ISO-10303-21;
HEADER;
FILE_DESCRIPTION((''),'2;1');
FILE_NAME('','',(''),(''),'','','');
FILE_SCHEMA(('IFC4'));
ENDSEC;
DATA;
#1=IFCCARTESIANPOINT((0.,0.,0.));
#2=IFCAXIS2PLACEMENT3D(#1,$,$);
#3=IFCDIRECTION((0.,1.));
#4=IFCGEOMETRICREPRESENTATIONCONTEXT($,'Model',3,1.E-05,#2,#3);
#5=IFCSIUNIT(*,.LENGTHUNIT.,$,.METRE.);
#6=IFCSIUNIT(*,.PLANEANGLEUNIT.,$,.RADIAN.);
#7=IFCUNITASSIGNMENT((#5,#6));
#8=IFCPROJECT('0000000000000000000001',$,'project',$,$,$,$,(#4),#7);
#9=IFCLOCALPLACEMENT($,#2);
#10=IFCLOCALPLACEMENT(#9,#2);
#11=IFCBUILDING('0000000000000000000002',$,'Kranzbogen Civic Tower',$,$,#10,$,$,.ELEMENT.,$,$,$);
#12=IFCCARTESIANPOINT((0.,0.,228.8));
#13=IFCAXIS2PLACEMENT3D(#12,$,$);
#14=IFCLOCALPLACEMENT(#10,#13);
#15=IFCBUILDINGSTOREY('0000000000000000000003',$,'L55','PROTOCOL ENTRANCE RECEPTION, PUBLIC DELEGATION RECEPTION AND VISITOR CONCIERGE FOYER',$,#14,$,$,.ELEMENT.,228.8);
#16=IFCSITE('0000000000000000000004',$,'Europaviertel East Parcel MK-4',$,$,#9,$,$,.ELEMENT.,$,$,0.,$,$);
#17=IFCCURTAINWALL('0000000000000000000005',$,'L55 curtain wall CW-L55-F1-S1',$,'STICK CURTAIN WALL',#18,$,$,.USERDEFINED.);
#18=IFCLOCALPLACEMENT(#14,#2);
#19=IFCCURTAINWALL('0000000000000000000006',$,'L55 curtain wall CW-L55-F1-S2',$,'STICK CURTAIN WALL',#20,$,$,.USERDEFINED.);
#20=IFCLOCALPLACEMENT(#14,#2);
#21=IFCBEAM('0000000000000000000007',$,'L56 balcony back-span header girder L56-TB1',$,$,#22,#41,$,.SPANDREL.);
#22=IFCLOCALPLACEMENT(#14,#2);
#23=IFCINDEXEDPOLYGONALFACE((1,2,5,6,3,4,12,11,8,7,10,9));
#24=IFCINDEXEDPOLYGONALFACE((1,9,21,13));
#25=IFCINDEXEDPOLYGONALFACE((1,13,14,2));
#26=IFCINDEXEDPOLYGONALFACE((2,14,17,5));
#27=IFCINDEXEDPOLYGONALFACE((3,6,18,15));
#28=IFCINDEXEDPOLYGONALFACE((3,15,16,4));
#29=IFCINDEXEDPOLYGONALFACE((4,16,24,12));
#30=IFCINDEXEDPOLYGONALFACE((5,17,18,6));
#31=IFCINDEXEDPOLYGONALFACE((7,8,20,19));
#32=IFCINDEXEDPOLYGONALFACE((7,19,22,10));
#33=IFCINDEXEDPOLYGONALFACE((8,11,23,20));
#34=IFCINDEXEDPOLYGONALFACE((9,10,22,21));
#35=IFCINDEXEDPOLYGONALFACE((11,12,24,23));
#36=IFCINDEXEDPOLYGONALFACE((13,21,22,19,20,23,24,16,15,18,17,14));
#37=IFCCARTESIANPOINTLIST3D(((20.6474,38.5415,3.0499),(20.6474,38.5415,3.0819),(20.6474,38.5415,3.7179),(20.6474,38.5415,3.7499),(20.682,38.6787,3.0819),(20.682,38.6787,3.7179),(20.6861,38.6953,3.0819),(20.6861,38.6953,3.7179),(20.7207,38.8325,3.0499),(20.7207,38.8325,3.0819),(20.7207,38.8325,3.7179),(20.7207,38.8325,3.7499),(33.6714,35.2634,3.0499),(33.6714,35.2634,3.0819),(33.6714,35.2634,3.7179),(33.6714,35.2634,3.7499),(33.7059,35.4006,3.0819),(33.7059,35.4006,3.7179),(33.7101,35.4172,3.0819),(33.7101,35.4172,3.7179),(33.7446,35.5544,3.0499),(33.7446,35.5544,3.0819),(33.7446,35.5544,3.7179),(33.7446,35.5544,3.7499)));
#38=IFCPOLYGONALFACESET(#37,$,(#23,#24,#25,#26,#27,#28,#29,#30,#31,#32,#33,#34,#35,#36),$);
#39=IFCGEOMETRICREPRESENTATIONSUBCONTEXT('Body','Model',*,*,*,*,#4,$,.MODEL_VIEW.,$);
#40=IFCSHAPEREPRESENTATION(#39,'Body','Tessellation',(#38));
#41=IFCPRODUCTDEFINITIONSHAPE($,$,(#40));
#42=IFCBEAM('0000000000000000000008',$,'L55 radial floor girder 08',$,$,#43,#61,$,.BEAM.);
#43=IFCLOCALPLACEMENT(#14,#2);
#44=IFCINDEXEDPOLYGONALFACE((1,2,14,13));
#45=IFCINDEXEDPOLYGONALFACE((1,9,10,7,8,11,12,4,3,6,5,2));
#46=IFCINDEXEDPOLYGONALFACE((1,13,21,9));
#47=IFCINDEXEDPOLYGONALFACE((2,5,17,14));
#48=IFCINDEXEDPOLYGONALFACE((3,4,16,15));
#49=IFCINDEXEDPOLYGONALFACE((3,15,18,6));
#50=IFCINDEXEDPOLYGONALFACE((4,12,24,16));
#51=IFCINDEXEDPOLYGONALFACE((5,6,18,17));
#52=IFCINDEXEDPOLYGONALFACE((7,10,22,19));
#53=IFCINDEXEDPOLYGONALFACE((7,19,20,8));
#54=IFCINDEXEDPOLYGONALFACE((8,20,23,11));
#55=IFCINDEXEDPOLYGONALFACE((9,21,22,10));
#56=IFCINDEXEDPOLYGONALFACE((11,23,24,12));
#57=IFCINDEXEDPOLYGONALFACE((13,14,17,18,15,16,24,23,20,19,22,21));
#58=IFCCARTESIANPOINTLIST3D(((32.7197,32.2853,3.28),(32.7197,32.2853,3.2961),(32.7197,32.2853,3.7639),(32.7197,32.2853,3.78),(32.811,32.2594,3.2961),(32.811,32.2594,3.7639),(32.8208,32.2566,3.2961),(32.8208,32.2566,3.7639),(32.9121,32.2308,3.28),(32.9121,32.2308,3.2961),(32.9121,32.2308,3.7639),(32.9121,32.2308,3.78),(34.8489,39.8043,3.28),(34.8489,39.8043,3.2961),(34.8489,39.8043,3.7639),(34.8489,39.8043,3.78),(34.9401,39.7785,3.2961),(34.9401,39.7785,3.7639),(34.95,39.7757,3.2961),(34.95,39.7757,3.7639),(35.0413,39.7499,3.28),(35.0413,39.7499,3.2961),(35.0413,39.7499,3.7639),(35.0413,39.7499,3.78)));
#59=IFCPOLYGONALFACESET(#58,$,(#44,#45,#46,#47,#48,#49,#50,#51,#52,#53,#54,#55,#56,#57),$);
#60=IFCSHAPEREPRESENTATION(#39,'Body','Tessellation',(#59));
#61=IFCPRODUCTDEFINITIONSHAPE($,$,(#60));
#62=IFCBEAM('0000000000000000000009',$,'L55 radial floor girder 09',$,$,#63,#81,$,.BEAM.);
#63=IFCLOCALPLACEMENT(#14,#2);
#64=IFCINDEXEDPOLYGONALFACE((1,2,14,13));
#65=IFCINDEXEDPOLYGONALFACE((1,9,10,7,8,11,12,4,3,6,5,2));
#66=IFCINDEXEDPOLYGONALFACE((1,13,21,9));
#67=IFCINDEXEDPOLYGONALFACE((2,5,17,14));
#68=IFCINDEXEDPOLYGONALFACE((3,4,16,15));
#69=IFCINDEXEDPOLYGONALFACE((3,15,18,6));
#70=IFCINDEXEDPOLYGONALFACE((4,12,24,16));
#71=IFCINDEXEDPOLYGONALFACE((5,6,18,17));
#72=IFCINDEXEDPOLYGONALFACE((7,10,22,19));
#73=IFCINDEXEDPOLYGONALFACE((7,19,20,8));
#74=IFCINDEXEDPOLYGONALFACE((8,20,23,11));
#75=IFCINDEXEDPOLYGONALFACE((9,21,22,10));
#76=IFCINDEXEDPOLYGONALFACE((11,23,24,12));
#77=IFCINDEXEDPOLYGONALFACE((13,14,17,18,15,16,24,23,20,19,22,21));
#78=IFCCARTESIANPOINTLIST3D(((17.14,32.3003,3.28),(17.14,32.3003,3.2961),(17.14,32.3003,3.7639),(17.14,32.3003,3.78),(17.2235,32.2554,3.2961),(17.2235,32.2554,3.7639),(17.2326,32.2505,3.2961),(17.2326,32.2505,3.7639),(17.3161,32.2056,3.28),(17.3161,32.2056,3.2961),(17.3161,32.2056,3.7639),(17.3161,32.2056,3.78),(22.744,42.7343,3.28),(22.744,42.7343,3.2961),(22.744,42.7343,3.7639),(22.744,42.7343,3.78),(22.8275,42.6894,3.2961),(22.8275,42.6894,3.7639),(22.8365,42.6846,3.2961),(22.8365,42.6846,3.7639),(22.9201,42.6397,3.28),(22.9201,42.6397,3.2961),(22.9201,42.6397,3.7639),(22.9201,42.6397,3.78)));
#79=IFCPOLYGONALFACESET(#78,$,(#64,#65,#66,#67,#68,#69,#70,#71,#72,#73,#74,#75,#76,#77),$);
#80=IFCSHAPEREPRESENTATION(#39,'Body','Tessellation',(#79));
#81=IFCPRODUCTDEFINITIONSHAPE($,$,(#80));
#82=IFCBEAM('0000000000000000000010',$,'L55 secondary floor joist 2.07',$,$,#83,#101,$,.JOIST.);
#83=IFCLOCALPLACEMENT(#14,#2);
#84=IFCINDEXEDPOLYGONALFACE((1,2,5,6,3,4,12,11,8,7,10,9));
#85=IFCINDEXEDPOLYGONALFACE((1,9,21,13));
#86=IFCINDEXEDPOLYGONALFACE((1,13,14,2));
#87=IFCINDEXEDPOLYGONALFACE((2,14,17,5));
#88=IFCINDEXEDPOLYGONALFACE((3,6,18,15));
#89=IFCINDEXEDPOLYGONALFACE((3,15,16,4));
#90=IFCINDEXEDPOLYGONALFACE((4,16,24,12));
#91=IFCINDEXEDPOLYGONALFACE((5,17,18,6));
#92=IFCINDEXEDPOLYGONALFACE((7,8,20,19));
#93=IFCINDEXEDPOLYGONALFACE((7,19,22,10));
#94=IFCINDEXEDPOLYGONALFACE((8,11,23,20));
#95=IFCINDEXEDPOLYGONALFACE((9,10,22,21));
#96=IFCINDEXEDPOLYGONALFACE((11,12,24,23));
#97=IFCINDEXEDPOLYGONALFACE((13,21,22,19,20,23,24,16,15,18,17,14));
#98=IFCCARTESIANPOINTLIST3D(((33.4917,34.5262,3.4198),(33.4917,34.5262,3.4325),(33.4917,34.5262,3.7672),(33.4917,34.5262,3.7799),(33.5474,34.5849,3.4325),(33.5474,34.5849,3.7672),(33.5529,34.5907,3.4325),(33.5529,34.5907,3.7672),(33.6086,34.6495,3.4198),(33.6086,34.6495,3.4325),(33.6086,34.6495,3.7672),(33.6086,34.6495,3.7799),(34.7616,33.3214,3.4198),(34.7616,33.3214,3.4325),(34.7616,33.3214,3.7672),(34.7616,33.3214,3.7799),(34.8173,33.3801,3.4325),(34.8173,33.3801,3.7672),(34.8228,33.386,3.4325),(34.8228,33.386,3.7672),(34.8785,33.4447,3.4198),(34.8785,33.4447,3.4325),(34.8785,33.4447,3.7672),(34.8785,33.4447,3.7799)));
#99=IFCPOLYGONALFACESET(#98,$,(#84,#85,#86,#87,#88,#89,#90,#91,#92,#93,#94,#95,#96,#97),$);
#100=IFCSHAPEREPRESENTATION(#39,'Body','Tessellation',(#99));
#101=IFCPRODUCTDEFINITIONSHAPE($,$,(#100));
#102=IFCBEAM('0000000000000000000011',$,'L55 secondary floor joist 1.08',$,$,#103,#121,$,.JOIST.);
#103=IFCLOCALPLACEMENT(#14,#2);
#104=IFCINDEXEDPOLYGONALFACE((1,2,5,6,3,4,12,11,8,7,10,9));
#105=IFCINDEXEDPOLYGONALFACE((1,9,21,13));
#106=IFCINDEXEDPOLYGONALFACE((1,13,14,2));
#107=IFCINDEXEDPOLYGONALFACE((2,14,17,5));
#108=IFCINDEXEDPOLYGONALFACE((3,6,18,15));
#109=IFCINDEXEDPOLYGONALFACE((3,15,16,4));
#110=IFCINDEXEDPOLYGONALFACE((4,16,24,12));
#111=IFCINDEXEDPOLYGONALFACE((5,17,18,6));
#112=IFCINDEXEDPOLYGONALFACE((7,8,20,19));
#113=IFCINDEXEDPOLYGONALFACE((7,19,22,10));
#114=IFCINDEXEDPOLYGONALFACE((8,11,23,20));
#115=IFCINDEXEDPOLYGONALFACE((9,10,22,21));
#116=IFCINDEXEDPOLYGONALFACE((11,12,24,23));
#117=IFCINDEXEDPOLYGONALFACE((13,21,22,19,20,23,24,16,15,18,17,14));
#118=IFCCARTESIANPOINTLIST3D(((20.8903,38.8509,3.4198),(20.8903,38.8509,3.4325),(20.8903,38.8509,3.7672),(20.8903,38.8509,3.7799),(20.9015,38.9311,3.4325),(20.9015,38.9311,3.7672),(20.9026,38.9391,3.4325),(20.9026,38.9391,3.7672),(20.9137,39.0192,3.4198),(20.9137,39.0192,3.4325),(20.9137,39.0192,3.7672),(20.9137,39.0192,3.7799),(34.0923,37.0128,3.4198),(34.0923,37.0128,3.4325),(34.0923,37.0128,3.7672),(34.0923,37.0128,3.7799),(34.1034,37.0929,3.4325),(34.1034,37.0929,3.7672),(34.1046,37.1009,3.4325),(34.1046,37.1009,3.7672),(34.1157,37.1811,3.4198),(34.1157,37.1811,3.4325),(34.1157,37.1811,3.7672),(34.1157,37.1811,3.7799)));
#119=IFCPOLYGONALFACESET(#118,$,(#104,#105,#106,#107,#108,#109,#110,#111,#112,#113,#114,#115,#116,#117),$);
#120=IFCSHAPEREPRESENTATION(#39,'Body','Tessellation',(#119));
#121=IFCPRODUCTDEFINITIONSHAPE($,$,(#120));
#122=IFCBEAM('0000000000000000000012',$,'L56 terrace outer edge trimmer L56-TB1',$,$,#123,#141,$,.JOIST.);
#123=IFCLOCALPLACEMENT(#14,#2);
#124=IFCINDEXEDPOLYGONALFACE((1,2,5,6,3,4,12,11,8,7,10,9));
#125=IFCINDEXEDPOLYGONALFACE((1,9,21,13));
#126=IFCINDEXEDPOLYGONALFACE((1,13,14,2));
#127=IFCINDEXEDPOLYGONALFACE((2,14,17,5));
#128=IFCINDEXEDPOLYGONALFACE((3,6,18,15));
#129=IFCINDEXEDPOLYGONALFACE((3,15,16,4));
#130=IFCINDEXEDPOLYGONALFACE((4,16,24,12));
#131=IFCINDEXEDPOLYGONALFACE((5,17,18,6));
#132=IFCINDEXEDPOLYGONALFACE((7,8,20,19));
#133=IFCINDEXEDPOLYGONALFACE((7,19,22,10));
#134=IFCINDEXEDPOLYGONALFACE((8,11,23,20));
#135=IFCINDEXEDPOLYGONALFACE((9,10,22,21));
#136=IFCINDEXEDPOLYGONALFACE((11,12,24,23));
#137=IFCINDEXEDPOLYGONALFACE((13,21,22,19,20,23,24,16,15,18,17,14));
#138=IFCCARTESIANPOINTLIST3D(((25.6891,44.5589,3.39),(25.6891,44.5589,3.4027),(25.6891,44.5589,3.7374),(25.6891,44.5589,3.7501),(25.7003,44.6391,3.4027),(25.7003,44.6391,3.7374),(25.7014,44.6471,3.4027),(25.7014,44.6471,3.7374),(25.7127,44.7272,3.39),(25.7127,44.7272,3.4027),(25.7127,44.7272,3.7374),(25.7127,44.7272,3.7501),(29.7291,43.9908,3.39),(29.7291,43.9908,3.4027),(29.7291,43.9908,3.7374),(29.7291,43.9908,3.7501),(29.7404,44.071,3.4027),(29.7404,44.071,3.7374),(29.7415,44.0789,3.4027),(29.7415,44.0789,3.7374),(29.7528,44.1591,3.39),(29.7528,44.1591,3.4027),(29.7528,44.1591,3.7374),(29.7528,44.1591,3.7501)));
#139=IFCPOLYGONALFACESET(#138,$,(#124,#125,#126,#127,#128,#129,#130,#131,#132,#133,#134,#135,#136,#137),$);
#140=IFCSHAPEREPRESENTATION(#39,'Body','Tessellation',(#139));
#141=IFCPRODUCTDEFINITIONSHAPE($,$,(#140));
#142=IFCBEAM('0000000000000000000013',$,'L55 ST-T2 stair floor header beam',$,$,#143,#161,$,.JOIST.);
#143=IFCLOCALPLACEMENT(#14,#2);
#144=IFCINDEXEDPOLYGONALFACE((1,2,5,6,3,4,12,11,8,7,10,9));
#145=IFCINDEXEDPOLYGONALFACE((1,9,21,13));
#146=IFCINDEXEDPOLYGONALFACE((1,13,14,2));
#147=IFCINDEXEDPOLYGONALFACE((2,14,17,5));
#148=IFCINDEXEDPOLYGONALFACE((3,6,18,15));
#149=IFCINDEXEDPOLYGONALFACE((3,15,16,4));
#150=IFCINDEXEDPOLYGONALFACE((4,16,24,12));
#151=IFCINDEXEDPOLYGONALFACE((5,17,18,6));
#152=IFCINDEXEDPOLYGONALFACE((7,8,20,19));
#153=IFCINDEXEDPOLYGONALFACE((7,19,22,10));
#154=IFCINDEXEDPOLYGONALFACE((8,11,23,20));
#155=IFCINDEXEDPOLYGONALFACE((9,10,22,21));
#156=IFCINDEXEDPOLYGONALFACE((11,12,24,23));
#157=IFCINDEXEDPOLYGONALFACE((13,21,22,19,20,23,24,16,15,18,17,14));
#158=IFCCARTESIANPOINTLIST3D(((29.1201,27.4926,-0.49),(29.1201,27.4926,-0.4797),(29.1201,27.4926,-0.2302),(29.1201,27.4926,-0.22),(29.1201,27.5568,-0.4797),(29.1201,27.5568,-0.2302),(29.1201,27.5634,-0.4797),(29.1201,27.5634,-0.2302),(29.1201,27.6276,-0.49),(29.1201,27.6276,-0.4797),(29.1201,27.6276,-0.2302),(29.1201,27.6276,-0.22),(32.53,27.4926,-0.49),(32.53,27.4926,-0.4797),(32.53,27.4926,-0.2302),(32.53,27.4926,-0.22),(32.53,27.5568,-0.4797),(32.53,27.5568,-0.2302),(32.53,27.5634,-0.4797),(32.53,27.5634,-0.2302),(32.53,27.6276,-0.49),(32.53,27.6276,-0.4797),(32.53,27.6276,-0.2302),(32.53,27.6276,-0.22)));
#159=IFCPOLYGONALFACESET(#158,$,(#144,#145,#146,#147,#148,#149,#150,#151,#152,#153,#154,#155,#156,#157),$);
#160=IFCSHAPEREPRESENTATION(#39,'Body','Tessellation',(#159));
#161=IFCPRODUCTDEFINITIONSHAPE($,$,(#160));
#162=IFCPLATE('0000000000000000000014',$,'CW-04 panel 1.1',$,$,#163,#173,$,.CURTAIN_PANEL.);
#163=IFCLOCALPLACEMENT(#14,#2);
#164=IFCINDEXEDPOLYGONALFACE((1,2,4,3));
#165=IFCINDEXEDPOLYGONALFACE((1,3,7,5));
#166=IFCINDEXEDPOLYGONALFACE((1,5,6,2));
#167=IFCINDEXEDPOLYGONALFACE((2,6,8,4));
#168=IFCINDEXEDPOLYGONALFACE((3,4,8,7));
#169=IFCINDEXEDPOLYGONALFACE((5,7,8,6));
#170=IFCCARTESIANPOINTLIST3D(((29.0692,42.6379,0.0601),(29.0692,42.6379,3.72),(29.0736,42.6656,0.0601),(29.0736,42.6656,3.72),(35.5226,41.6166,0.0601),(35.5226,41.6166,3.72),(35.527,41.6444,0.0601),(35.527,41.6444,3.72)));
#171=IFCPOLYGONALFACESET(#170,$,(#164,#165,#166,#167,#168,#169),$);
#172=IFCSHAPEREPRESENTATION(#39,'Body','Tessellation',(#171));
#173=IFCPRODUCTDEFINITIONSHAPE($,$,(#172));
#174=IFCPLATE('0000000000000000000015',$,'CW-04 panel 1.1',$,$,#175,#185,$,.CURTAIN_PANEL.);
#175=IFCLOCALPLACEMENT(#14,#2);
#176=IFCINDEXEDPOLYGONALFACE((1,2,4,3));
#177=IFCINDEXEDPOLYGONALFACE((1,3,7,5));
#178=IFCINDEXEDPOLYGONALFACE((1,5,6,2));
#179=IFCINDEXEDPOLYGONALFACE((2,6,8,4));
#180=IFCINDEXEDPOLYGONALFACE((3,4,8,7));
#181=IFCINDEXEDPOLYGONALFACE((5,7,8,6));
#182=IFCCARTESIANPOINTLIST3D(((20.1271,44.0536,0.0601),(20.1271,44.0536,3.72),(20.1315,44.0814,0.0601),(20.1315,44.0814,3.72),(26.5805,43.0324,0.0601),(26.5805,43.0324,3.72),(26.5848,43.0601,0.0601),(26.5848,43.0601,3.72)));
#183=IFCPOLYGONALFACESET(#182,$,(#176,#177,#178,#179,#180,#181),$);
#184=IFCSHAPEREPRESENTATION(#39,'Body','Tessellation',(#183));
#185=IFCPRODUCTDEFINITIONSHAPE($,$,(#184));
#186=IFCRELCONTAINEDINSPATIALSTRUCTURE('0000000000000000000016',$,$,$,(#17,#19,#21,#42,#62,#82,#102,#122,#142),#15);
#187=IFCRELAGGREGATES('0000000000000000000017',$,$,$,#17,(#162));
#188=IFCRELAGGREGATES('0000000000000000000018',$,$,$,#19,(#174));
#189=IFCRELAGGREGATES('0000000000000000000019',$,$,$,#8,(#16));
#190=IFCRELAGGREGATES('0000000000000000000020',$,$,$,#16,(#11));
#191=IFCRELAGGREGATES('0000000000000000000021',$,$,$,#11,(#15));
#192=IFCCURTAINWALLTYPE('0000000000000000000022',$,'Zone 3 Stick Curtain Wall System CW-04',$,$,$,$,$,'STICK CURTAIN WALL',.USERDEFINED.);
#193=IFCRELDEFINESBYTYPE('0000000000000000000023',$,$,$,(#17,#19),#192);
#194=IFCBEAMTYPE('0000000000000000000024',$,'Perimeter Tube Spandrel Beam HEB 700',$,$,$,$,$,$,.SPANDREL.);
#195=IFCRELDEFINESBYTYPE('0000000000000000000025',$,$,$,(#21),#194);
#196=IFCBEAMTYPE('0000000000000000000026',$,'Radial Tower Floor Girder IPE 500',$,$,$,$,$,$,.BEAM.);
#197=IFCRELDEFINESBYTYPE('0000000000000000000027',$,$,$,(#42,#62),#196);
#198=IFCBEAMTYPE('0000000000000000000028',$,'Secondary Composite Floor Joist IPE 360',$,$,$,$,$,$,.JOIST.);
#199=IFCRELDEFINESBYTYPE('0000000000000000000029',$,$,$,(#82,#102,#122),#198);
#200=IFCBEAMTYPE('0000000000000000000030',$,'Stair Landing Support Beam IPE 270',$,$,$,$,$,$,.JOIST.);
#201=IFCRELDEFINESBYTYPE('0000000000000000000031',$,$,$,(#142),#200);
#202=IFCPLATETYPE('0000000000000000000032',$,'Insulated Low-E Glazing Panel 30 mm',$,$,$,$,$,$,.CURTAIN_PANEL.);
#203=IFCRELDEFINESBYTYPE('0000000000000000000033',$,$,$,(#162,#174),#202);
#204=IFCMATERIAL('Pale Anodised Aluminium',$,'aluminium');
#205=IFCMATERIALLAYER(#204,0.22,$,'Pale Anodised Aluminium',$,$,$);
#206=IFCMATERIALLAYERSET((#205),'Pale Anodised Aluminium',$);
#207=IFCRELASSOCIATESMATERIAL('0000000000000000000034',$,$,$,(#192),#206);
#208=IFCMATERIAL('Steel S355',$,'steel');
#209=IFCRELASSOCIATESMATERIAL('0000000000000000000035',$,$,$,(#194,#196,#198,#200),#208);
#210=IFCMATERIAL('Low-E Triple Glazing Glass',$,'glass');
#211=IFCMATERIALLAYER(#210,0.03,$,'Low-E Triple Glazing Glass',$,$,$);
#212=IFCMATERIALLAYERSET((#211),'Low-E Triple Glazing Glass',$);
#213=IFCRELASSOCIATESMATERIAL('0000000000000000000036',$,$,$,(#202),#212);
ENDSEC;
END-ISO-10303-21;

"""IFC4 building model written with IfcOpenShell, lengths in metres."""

from ifc_helpers import new_model, si_unit, direction, frame, origin, origin_2d, place, context, subcontext, project, spatial, rectangle, i_section, extrude, material, layer, layer_set, material_profile, profile_set, type_object, element, aggregate, save


model = new_model("IFC4")

# Units and contexts
model_context = context("Model", 3, precision=1e-05, world=origin(), true_north=direction((0.0, 1.0)))
body_context = subcontext(model_context, "Body", "Model", "MODEL_VIEW")
ifc_project = project(units=[si_unit("LENGTHUNIT", "METRE"), si_unit("PLANEANGLEUNIT", "RADIAN")], contexts=[model_context])

# Site, building, storey
site_placement = place(None, origin())
site = spatial("IfcSite", under=ifc_project, at=site_placement, Name="Europaviertel East Parcel MK-4", CompositionType="ELEMENT", RefElevation=0.0)
building_placement = place(site_placement, origin())
building = spatial("IfcBuilding", under=site, at=building_placement, Name="Kranzbogen Civic Tower", CompositionType="ELEMENT")
storey_placement = place(building_placement, frame((0.0, 0.0, 228.8)))
storey = spatial("IfcBuildingStorey", under=building, at=storey_placement, Name="L55", Description="PROTOCOL ENTRANCE RECEPTION, PUBLIC DELEGATION RECEPTION AND VISITOR CONCIERGE FOYER", CompositionType="ELEMENT", Elevation=228.8)

# Shared definitions
ifc_material_1 = material(Name="Steel S355", Category="steel")

# Curtain wall
ifc_material_2 = material(Name="Pale Anodised Aluminium", Category="aluminium")
ifc_layer_1 = layer(ifc_material_2, 0.22, Name="Pale Anodised Aluminium")
ifc_layer_set_1 = layer_set([ifc_layer_1], Name="Pale Anodised Aluminium")
curtain_wall_type = type_object("IfcCurtainWallType", Name="Zone 3 Stick Curtain Wall System CW-04", ElementType="STICK CURTAIN WALL", PredefinedType="USERDEFINED", material=ifc_layer_set_1)
curtain_wall_1_placement = place(storey_placement, origin())
curtain_wall_1 = element("IfcCurtainWall", 1, at=curtain_wall_1_placement, inside=storey, type_object=curtain_wall_type, Name="L55 curtain wall CW-L55-F1-S1", ObjectType="STICK CURTAIN WALL", PredefinedType="USERDEFINED")

# Curtain wall
curtain_wall_2_placement = place(storey_placement, origin())
curtain_wall_2 = element("IfcCurtainWall", 2, at=curtain_wall_2_placement, inside=storey, type_object=curtain_wall_type, Name="L55 curtain wall CW-L55-F1-S2", ObjectType="STICK CURTAIN WALL", PredefinedType="USERDEFINED")

# Beams
ifc_material_profile_1 = material_profile(ifc_material_1, i_section(OverallWidth=0.3, OverallDepth=0.7, WebThickness=0.0171, FlangeThickness=0.032, at=origin_2d()), Name="HEB 700")
ifc_profile_set_1 = profile_set([ifc_material_profile_1], Name="Steel S355")
beam_type_1 = type_object("IfcBeamType", Name="Perimeter Tube Spandrel Beam HEB 700", PredefinedType="SPANDREL", material=ifc_profile_set_1)
beam_1_placement = place(storey_placement, frame((33.708, 35.4089, 3.3999), z_axis=(-0.969754, 0.244084, 0.0), x_axis=(-0.244084, -0.969754, 0.0)))
element("IfcBeam", 3, at=beam_1_placement, inside=storey, type_object=beam_type_1, Name="L56 balcony back-span header girder L56-TB1", PredefinedType="SPANDREL", context=body_context, shape_type="SweptSolid", body=[
    extrude(i_section(OverallWidth=0.3, OverallDepth=0.7, WebThickness=0.0171, FlangeThickness=0.032, at=origin_2d()), origin(), (0.0, 0.0, 1.0), 13.4302),
])
ifc_material_profile_2 = material_profile(ifc_material_1, i_section(OverallWidth=0.2, OverallDepth=0.5, WebThickness=0.0103, FlangeThickness=0.0161, at=origin_2d()), Name="IPE 500")
ifc_profile_set_2 = profile_set([ifc_material_profile_2], Name="Steel S355")
beam_type_2 = type_object("IfcBeamType", Name="Radial Tower Floor Girder IPE 500", PredefinedType="BEAM", material=ifc_profile_set_2)
beam_2_placement = place(storey_placement, frame((34.9451, 39.7771, 3.53), z_axis=(-0.272455, -0.962169, 0.0), x_axis=(0.962169, -0.272455, 0.0)))
element("IfcBeam", 4, at=beam_2_placement, inside=storey, type_object=beam_type_2, Name="L55 radial floor girder 08", PredefinedType="BEAM", context=body_context, shape_type="SweptSolid", body=[
    extrude(i_section(OverallWidth=0.2, OverallDepth=0.5, WebThickness=0.0103, FlangeThickness=0.0161, at=origin_2d()), origin(), (0.0, 0.0, 1.0), 7.8147),
])
beam_3_placement = place(storey_placement, frame((22.832, 42.687, 3.53), z_axis=(-0.47316, -0.880976, 0.0), x_axis=(0.880976, -0.47316, 0.0)))
element("IfcBeam", 5, at=beam_3_placement, inside=storey, type_object=beam_type_2, Name="L55 radial floor girder 09", PredefinedType="BEAM", context=body_context, shape_type="SweptSolid", body=[
    extrude(i_section(OverallWidth=0.2, OverallDepth=0.5, WebThickness=0.0103, FlangeThickness=0.0161, at=origin_2d()), origin(), (0.0, 0.0, 1.0), 11.8438),
])
ifc_material_profile_3 = material_profile(ifc_material_1, i_section(OverallWidth=0.1699, OverallDepth=0.3601, WebThickness=0.0081, FlangeThickness=0.0127, at=origin_2d()), Name="IPE 360")
ifc_profile_set_3 = profile_set([ifc_material_profile_3], Name="Steel S355")
beam_type_3 = type_object("IfcBeamType", Name="Secondary Composite Floor Joist IPE 360", PredefinedType="JOIST", material=ifc_profile_set_3)
beam_4_placement = place(storey_placement, frame((34.8201, 33.3831, 3.5999), z_axis=(-0.72548, 0.688243, 0.0), x_axis=(-0.688243, -0.72548, 0.0)))
element("IfcBeam", 6, at=beam_4_placement, inside=storey, type_object=beam_type_3, Name="L55 secondary floor joist 2.07", PredefinedType="JOIST", context=body_context, shape_type="SweptSolid", body=[
    extrude(i_section(OverallWidth=0.1699, OverallDepth=0.3601, WebThickness=0.0081, FlangeThickness=0.0127, at=origin_2d()), origin(), (0.0, 0.0, 1.0), 1.7505),
])
beam_5_placement = place(storey_placement, frame((34.104, 37.0969, 3.5999), z_axis=(-0.990446, 0.137902, 0.0), x_axis=(-0.137902, -0.990446, 0.0)))
element("IfcBeam", 7, at=beam_5_placement, inside=storey, type_object=beam_type_3, Name="L55 secondary floor joist 1.08", PredefinedType="JOIST", context=body_context, shape_type="SweptSolid", body=[
    extrude(i_section(OverallWidth=0.1699, OverallDepth=0.3601, WebThickness=0.0081, FlangeThickness=0.0127, at=origin_2d()), origin(), (0.0, 0.0, 1.0), 13.3293),
])
beam_6_placement = place(storey_placement, frame((29.741, 44.075, 3.5701), z_axis=(-0.990257, 0.139251, 0.0), x_axis=(-0.139251, -0.990257, 0.0)))
element("IfcBeam", 8, at=beam_6_placement, inside=storey, type_object=beam_type_3, Name="L56 terrace outer edge trimmer L56-TB1", PredefinedType="JOIST", context=body_context, shape_type="SweptSolid", body=[
    extrude(i_section(OverallWidth=0.1699, OverallDepth=0.3601, WebThickness=0.0081, FlangeThickness=0.0127, at=origin_2d()), origin(), (0.0, 0.0, 1.0), 4.0798),
])
ifc_material_profile_4 = material_profile(ifc_material_1, i_section(OverallWidth=0.135, OverallDepth=0.27, WebThickness=0.0066, FlangeThickness=0.0103, at=origin_2d()), Name="IPE 270")
ifc_profile_set_4 = profile_set([ifc_material_profile_4], Name="Steel S355")
beam_type_4 = type_object("IfcBeamType", Name="Stair Landing Support Beam IPE 270", PredefinedType="JOIST", material=ifc_profile_set_4)
beam_7_placement = place(storey_placement, frame((29.1201, 27.5601, -0.355), z_axis=(1.0, 0.0, 0.0), x_axis=(0.0, 1.0, 0.0)))
element("IfcBeam", 9, at=beam_7_placement, inside=storey, type_object=beam_type_4, Name="L55 ST-T2 stair floor header beam", PredefinedType="JOIST", context=body_context, shape_type="SweptSolid", body=[
    extrude(i_section(OverallWidth=0.135, OverallDepth=0.27, WebThickness=0.0066, FlangeThickness=0.0103, at=origin_2d()), origin(), (0.0, 0.0, 1.0), 3.4099),
])

# Plates
ifc_material_3 = material(Name="Low-E Triple Glazing Glass", Category="glass")
ifc_layer_2 = layer(ifc_material_3, 0.03, Name="Low-E Triple Glazing Glass")
ifc_layer_set_2 = layer_set([ifc_layer_2], Name="Low-E Triple Glazing Glass")
plate_type = type_object("IfcPlateType", Name="Insulated Low-E Glazing Panel 30 mm", PredefinedType="CURTAIN_PANEL", material=ifc_layer_set_2)
plate_1_placement = place(storey_placement, frame((32.2981, 42.1411, 0.0601), z_axis=(0.0, 0.0, 1.0), x_axis=(-0.987709, 0.156302, 0.0)))
plate_1 = element("IfcPlate", 10, at=plate_1_placement, type_object=plate_type, Name="CW-04 panel 1.1", PredefinedType="CURTAIN_PANEL", context=body_context, shape_type="SweptSolid", body=[
    extrude(rectangle(XDim=6.5337, YDim=0.0281, at=origin_2d()), origin(), (0.0, 0.0, 1.0), 3.6599),
])
aggregate(curtain_wall_1, [plate_1])
plate_2_placement = place(storey_placement, frame((23.356, 43.5569, 0.0601), z_axis=(0.0, 0.0, 1.0), x_axis=(-0.987709, 0.156302, 0.0)))
plate_2 = element("IfcPlate", 11, at=plate_2_placement, type_object=plate_type, Name="CW-04 panel 1.1", PredefinedType="CURTAIN_PANEL", context=body_context, shape_type="SweptSolid", body=[
    extrude(rectangle(XDim=6.5337, YDim=0.0281, at=origin_2d()), origin(), (0.0, 0.0, 1.0), 3.6599),
])
aggregate(curtain_wall_2, [plate_2])

save(model, "model.ifc")
